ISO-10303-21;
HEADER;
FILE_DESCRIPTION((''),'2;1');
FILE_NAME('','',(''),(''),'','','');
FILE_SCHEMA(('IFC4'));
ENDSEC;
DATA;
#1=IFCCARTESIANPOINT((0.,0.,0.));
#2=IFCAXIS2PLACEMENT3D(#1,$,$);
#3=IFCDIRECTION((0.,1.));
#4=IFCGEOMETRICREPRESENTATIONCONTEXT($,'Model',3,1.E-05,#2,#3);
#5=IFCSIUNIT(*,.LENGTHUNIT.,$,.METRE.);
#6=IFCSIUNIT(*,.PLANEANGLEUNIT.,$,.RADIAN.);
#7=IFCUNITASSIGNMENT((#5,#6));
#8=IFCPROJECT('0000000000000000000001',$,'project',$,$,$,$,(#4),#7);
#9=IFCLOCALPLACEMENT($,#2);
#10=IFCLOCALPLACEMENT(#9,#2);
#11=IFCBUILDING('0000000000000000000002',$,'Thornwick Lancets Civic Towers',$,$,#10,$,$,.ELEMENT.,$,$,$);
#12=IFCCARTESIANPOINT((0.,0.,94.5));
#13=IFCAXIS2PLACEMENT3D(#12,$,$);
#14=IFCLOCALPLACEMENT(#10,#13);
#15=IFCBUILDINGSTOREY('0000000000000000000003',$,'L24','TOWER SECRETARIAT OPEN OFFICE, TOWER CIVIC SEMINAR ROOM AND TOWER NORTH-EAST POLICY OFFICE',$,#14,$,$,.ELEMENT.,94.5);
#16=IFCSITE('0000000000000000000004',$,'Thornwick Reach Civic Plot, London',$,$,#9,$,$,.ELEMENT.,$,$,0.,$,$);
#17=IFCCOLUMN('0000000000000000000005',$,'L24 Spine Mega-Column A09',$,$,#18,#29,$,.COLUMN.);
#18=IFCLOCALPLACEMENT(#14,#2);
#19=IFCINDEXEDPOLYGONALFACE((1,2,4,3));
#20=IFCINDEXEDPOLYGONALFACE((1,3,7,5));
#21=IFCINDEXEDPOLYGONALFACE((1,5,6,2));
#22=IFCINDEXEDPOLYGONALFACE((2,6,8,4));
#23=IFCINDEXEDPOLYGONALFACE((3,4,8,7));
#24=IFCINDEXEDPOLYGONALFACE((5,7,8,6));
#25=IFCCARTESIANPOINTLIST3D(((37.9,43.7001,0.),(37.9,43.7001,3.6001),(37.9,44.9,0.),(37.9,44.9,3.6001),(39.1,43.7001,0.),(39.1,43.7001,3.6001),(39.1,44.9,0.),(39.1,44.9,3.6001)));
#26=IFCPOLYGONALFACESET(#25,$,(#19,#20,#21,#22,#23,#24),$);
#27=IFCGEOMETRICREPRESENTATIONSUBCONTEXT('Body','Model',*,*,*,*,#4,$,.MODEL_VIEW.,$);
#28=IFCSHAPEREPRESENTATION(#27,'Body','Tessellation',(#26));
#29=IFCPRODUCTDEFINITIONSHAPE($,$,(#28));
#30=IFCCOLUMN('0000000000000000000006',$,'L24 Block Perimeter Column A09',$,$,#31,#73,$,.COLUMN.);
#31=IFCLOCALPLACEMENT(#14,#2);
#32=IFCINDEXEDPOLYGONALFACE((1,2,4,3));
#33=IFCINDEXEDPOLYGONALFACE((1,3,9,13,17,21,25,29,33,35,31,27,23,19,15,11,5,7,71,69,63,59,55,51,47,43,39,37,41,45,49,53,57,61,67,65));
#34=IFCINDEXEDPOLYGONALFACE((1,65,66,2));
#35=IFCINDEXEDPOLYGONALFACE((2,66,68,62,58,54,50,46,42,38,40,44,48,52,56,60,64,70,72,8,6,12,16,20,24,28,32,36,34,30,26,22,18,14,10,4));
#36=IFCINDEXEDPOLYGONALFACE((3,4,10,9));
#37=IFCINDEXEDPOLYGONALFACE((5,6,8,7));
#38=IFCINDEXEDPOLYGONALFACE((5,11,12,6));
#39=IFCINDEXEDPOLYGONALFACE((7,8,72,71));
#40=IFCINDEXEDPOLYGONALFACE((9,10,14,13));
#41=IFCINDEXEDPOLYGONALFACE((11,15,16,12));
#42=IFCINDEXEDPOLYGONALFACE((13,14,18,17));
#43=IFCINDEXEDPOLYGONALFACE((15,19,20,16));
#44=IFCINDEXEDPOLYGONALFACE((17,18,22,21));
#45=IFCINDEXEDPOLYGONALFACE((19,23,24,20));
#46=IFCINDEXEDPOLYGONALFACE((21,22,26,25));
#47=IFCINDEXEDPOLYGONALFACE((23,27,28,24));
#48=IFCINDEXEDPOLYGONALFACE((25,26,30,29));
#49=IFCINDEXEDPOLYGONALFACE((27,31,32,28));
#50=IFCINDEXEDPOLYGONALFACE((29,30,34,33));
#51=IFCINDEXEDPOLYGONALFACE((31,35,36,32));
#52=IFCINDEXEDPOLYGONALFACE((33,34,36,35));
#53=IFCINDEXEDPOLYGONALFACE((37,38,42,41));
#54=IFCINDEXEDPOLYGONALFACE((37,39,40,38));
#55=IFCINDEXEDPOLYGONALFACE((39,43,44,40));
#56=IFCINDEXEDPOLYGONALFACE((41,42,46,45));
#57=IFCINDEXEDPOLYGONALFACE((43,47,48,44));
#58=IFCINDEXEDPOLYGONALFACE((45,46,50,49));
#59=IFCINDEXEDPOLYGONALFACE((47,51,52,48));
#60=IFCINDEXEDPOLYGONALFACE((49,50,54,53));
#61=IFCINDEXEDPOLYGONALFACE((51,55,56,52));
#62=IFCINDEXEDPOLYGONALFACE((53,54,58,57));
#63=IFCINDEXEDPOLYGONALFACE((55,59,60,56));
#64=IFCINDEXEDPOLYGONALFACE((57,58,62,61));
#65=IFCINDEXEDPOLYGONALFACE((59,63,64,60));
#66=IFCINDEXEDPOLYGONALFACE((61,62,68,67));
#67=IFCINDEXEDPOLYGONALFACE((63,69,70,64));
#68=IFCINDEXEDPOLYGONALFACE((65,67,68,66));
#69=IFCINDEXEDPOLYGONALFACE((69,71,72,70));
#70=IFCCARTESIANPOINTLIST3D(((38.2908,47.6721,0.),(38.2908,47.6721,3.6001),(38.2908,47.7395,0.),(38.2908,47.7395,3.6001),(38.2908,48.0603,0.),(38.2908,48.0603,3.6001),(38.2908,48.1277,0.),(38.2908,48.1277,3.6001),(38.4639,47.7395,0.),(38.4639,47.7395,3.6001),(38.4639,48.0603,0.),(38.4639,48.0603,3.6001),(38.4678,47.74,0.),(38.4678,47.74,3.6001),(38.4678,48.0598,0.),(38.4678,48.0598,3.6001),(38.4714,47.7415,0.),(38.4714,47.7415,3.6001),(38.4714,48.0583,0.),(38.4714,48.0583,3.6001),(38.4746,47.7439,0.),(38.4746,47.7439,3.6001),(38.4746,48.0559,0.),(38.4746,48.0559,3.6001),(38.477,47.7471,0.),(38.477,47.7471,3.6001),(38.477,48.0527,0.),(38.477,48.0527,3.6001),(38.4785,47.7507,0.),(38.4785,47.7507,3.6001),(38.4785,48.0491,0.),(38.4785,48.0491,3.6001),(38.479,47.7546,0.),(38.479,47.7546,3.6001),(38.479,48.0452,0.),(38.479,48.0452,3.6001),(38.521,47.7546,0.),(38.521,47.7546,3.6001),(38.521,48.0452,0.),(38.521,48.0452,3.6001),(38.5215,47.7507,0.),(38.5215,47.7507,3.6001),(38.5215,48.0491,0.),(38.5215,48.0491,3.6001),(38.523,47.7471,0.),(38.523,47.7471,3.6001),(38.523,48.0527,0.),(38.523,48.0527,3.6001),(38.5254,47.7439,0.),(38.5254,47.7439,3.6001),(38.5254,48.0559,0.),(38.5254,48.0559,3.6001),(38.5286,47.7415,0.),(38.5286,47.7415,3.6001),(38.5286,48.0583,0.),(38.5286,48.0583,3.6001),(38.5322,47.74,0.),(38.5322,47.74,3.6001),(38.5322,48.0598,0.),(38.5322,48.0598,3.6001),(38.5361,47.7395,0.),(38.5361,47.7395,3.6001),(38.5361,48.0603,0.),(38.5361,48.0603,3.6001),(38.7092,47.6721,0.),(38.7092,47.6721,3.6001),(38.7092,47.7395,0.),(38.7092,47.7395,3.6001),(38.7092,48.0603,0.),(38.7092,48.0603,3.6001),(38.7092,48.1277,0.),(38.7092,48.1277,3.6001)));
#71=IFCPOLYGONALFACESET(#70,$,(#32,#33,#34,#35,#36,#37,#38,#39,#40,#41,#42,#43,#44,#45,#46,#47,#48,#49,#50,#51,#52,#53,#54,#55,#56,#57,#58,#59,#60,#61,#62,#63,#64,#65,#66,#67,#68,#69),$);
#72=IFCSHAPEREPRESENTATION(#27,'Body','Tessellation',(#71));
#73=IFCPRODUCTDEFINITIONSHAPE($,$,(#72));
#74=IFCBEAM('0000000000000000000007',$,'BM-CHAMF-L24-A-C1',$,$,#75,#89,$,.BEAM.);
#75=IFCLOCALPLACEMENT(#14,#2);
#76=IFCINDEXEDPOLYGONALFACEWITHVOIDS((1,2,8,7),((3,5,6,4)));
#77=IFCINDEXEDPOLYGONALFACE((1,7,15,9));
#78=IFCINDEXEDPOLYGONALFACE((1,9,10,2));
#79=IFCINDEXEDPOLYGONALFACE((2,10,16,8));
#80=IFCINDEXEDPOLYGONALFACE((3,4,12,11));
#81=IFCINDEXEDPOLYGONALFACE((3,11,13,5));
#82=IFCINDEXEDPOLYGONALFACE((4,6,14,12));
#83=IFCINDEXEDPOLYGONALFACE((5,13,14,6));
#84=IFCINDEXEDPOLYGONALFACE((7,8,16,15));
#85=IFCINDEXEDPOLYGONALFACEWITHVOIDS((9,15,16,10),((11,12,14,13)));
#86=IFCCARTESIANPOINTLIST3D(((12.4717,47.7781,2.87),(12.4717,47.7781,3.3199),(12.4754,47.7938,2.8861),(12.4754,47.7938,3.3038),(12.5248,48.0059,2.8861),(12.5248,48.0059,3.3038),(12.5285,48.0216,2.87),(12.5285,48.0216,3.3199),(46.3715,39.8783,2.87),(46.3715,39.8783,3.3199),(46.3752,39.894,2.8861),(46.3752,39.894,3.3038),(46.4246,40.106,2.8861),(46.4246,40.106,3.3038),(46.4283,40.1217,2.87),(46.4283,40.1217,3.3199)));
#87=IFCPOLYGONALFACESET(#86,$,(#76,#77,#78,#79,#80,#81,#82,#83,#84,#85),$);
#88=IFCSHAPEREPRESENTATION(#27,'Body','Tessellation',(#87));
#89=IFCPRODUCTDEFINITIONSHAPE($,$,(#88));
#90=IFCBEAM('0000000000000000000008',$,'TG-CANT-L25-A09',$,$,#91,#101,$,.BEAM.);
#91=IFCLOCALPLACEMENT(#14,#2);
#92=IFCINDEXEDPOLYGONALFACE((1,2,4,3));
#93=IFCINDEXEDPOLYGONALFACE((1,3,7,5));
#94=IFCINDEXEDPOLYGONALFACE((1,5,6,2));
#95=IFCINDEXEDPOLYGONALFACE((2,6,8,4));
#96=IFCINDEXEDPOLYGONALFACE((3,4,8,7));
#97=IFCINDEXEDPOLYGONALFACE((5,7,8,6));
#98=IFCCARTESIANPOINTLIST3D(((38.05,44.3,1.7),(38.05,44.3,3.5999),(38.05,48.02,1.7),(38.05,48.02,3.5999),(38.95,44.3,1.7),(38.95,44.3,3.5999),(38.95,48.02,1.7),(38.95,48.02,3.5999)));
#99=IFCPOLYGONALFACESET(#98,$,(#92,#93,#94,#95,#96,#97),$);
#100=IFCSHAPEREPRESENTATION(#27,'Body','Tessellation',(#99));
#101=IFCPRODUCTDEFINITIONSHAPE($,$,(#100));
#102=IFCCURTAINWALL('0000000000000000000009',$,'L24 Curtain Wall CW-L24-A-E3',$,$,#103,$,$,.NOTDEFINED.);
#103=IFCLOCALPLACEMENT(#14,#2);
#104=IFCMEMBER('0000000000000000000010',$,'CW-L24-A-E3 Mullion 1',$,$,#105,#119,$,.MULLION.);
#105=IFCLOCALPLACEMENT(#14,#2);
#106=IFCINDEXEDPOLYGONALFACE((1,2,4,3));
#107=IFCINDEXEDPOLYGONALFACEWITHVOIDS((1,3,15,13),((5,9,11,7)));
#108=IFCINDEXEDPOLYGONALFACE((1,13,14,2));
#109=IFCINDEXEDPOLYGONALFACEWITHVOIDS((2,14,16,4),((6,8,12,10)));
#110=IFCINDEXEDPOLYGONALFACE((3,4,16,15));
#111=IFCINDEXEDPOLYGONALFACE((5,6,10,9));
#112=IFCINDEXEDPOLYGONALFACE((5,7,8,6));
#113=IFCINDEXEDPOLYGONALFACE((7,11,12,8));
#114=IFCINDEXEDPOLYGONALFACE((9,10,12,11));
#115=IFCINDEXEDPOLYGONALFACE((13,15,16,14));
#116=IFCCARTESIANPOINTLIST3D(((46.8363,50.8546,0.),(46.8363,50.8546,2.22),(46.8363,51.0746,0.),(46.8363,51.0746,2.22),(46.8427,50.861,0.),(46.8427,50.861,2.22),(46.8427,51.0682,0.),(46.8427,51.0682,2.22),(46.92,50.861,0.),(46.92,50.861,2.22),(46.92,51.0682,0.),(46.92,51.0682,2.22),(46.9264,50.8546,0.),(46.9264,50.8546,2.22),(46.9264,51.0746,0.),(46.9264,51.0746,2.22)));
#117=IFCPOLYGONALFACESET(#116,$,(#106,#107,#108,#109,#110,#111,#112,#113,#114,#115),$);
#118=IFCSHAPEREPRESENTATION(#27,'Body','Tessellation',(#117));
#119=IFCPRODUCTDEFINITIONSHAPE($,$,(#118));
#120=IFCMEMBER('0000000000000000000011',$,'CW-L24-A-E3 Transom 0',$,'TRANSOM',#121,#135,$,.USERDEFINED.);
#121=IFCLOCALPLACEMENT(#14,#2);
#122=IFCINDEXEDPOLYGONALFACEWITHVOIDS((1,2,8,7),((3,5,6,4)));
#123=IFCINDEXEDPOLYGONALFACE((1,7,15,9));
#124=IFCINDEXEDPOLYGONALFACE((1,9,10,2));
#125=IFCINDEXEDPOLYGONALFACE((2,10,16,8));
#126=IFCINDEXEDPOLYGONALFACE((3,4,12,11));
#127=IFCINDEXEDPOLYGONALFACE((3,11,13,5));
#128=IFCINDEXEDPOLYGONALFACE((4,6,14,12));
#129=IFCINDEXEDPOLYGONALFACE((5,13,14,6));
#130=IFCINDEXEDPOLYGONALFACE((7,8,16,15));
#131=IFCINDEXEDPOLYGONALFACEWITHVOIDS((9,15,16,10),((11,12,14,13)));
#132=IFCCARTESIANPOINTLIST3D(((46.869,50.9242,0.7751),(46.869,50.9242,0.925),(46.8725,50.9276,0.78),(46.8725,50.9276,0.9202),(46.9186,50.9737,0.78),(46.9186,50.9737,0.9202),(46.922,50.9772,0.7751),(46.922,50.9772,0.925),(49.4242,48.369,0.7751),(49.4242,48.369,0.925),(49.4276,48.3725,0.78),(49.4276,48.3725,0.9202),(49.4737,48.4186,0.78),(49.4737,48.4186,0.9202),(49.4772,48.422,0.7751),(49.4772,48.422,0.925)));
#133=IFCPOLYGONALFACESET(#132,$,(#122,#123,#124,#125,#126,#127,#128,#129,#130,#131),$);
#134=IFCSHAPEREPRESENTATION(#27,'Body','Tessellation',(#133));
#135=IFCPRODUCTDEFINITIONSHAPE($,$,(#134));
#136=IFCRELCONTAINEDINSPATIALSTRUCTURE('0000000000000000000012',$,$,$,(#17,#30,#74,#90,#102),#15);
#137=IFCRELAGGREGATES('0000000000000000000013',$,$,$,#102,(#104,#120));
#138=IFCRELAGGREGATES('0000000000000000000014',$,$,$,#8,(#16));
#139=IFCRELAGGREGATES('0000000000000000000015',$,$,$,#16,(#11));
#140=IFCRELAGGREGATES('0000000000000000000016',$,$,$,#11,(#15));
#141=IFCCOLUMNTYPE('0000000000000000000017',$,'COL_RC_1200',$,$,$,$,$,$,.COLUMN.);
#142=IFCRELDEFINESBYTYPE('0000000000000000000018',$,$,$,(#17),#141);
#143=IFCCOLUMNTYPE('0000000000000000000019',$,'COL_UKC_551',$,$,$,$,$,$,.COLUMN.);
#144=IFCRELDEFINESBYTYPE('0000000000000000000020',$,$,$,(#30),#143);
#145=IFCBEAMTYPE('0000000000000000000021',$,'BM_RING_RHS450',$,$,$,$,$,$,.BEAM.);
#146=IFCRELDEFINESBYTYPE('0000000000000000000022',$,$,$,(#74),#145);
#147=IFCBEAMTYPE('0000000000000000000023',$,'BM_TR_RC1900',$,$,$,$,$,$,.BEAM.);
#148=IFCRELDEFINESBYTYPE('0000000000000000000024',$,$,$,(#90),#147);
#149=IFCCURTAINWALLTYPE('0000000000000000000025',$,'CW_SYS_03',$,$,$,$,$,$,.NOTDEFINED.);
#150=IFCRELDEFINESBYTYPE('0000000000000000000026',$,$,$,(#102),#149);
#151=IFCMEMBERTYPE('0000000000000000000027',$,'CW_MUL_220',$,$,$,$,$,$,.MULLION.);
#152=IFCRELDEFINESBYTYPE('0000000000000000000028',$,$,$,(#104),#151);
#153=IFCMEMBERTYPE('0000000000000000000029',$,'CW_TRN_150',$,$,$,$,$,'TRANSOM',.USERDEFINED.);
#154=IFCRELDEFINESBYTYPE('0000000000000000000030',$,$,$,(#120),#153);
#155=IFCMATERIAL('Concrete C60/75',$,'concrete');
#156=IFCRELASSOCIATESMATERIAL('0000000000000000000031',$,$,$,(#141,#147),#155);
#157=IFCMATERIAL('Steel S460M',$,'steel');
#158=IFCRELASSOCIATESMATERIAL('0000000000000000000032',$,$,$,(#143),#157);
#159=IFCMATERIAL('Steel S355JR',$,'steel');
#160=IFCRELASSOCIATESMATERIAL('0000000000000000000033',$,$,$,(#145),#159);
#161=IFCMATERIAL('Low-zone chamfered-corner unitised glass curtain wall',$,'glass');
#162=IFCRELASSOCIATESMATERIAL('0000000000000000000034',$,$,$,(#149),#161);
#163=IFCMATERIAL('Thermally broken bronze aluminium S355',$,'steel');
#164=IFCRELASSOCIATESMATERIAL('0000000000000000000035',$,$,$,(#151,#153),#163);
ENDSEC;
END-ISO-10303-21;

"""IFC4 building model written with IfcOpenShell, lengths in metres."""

from ifc_helpers import new_model, si_unit, direction, frame, origin, origin_2d, place, context, subcontext, project, spatial, rectangle, hollow_rectangle, i_section, extrude, material, material_profile, profile_set, type_object, element, aggregate, save


model = new_model("IFC4")

# Units and contexts
model_context = context("Model", 3, precision=1e-05, world=origin(), true_north=direction((0.0, 1.0)))
body_context = subcontext(model_context, "Body", "Model", "MODEL_VIEW")
ifc_project = project(units=[si_unit("LENGTHUNIT", "METRE"), si_unit("PLANEANGLEUNIT", "RADIAN")], contexts=[model_context])

# Site, building, storey
site_placement = place(None, origin())
site = spatial("IfcSite", under=ifc_project, at=site_placement, Name="Thornwick Reach Civic Plot, London", CompositionType="ELEMENT", RefElevation=0.0)
building_placement = place(site_placement, origin())
building = spatial("IfcBuilding", under=site, at=building_placement, Name="Thornwick Lancets Civic Towers", CompositionType="ELEMENT")
storey_placement = place(building_placement, frame((0.0, 0.0, 94.5)))
storey = spatial("IfcBuildingStorey", under=building, at=storey_placement, Name="L24", Description="TOWER SECRETARIAT OPEN OFFICE, TOWER CIVIC SEMINAR ROOM AND TOWER NORTH-EAST POLICY OFFICE", CompositionType="ELEMENT", Elevation=94.5)

# Columns
ifc_material_1 = material(Name="Concrete C60/75", Category="concrete")
ifc_material_profile_1 = material_profile(ifc_material_1, rectangle(XDim=1.2, YDim=1.2, at=origin_2d()), Name="RC 1200x1200")
ifc_profile_set_1 = profile_set([ifc_material_profile_1], Name="Concrete C60/75")
column_type_1 = type_object("IfcColumnType", Name="COL_RC_1200", PredefinedType="COLUMN", material=ifc_profile_set_1)
column_1_placement = place(storey_placement, frame((38.5, 44.3, 0.0), z_axis=(0.0, 0.0, 1.0), x_axis=(1.0, 0.0, 0.0)))
element("IfcColumn", 1, at=column_1_placement, inside=storey, type_object=column_type_1, Name="L24 Spine Mega-Column A09", PredefinedType="COLUMN", context=body_context, shape_type="SweptSolid", body=[
    extrude(rectangle(XDim=1.2, YDim=1.2, at=origin_2d()), origin(), (0.0, 0.0, 1.0), 3.6001),
])
ifc_material_2 = material(Name="Steel S460M", Category="steel")
ifc_material_profile_2 = material_profile(ifc_material_2, i_section(OverallWidth=0.4185, OverallDepth=0.4556, WebThickness=0.042, FlangeThickness=0.0674, FilletRadius=0.0151, at=origin_2d()), Name="UKC 356x406x551")
ifc_profile_set_2 = profile_set([ifc_material_profile_2], Name="Steel S460M")
column_type_2 = type_object("IfcColumnType", Name="COL_UKC_551", PredefinedType="COLUMN", material=ifc_profile_set_2)
column_2_placement = place(storey_placement, frame((38.5, 47.8999, 0.0), z_axis=(0.0, 0.0, 1.0), x_axis=(1.0, 0.0, 0.0)))
element("IfcColumn", 2, at=column_2_placement, inside=storey, type_object=column_type_2, Name="L24 Block Perimeter Column A09", PredefinedType="COLUMN", context=body_context, shape_type="SweptSolid", body=[
    extrude(i_section(OverallWidth=0.4185, OverallDepth=0.4556, WebThickness=0.042, FlangeThickness=0.0674, FilletRadius=0.0151, at=origin_2d()), origin(), (0.0, 0.0, 1.0), 3.6001),
])

# Beams
ifc_material_3 = material(Name="Steel S355JR", Category="steel")
ifc_material_profile_3 = material_profile(ifc_material_3, hollow_rectangle(XDim=0.25, YDim=0.45, WallThickness=0.0161, at=origin_2d()), Name="RHS 450x250x16")
ifc_profile_set_3 = profile_set([ifc_material_profile_3], Name="Steel S355JR")
beam_type_1 = type_object("IfcBeamType", Name="BM_RING_RHS450", PredefinedType="BEAM", material=ifc_profile_set_3)
beam_1_placement = place(storey_placement, frame((46.3999, 40.0, 3.095), z_axis=(-0.973905, 0.226955, 0.0), x_axis=(-0.226955, -0.973905, 0.0)))
element("IfcBeam", 3, at=beam_1_placement, inside=storey, type_object=beam_type_1, Name="BM-CHAMF-L24-A-C1", PredefinedType="BEAM", context=body_context, shape_type="SweptSolid", body=[
    extrude(hollow_rectangle(XDim=0.25, YDim=0.45, WallThickness=0.0161, at=origin_2d()), origin(), (0.0, 0.0, 1.0), 34.8081),
])
ifc_material_profile_4 = material_profile(ifc_material_1, rectangle(XDim=0.8999, YDim=1.8999, at=origin_2d()), Name="RC 900x1900")
ifc_profile_set_4 = profile_set([ifc_material_profile_4], Name="Concrete C60/75")
beam_type_2 = type_object("IfcBeamType", Name="BM_TR_RC1900", PredefinedType="BEAM", material=ifc_profile_set_4)
beam_2_placement = place(storey_placement, frame((38.5, 44.3, 2.6499), z_axis=(0.0, 1.0, 0.0), x_axis=(-1.0, 0.0, 0.0)))
element("IfcBeam", 4, at=beam_2_placement, inside=storey, type_object=beam_type_2, Name="TG-CANT-L25-A09", PredefinedType="BEAM", context=body_context, shape_type="SweptSolid", body=[
    extrude(rectangle(XDim=0.8999, YDim=1.8999, at=origin_2d()), origin(), (0.0, 0.0, 1.0), 3.72),
])

# Curtain wall, members
ifc_material_4 = material(Name="Low-zone chamfered-corner unitised glass curtain wall", Category="glass")
curtain_wall_type = type_object("IfcCurtainWallType", Name="CW_SYS_03", PredefinedType="NOTDEFINED", material=ifc_material_4)
curtain_wall_placement = place(storey_placement, origin())
curtain_wall = element("IfcCurtainWall", 5, at=curtain_wall_placement, inside=storey, type_object=curtain_wall_type, Name="L24 Curtain Wall CW-L24-A-E3", PredefinedType="NOTDEFINED")
ifc_material_5 = material(Name="Thermally broken bronze aluminium S355", Category="steel")
ifc_material_profile_5 = material_profile(ifc_material_5, hollow_rectangle(XDim=0.0901, YDim=0.22, WallThickness=0.0063, at=origin_2d()), Name="RHS 220x90x6.3")
ifc_profile_set_5 = profile_set([ifc_material_profile_5], Name="Thermally broken bronze aluminium S355")
member_type_1 = type_object("IfcMemberType", Name="CW_MUL_220", PredefinedType="MULLION", material=ifc_profile_set_5)
member_1_placement = place(storey_placement, frame((46.8813, 50.9646, 0.0), z_axis=(0.0, 0.0, 1.0), x_axis=(1.0, 0.0, 0.0)))
member_1 = element("IfcMember", 6, at=member_1_placement, type_object=member_type_1, Name="CW-L24-A-E3 Mullion 1", PredefinedType="MULLION", context=body_context, shape_type="SweptSolid", body=[
    extrude(hollow_rectangle(XDim=0.0901, YDim=0.22, WallThickness=0.0063, at=origin_2d()), origin(), (0.0, 0.0, 1.0), 2.22),
])
ifc_material_profile_6 = material_profile(ifc_material_5, hollow_rectangle(XDim=0.075, YDim=0.1499, WallThickness=0.0049, at=origin_2d()), Name="RHS 150x75x5")
ifc_profile_set_6 = profile_set([ifc_material_profile_6], Name="Thermally broken bronze aluminium S355")
member_type_2 = type_object("IfcMemberType", Name="CW_TRN_150", ElementType="TRANSOM", PredefinedType="USERDEFINED", material=ifc_profile_set_6)
member_2_placement = place(storey_placement, frame((49.4507, 48.3955, 0.8501), z_axis=(-0.707107, 0.707107, 0.0), x_axis=(-0.707107, -0.707107, 0.0)))
member_2 = element("IfcMember", 7, at=member_2_placement, type_object=member_type_2, Name="CW-L24-A-E3 Transom 0", ObjectType="TRANSOM", PredefinedType="USERDEFINED", context=body_context, shape_type="SweptSolid", body=[
    extrude(hollow_rectangle(XDim=0.075, YDim=0.1499, WallThickness=0.0049, at=origin_2d()), origin(), (0.0, 0.0, 1.0), 3.6135),
])

aggregate(curtain_wall, [member_1, member_2])

save(model, "model.ifc")
